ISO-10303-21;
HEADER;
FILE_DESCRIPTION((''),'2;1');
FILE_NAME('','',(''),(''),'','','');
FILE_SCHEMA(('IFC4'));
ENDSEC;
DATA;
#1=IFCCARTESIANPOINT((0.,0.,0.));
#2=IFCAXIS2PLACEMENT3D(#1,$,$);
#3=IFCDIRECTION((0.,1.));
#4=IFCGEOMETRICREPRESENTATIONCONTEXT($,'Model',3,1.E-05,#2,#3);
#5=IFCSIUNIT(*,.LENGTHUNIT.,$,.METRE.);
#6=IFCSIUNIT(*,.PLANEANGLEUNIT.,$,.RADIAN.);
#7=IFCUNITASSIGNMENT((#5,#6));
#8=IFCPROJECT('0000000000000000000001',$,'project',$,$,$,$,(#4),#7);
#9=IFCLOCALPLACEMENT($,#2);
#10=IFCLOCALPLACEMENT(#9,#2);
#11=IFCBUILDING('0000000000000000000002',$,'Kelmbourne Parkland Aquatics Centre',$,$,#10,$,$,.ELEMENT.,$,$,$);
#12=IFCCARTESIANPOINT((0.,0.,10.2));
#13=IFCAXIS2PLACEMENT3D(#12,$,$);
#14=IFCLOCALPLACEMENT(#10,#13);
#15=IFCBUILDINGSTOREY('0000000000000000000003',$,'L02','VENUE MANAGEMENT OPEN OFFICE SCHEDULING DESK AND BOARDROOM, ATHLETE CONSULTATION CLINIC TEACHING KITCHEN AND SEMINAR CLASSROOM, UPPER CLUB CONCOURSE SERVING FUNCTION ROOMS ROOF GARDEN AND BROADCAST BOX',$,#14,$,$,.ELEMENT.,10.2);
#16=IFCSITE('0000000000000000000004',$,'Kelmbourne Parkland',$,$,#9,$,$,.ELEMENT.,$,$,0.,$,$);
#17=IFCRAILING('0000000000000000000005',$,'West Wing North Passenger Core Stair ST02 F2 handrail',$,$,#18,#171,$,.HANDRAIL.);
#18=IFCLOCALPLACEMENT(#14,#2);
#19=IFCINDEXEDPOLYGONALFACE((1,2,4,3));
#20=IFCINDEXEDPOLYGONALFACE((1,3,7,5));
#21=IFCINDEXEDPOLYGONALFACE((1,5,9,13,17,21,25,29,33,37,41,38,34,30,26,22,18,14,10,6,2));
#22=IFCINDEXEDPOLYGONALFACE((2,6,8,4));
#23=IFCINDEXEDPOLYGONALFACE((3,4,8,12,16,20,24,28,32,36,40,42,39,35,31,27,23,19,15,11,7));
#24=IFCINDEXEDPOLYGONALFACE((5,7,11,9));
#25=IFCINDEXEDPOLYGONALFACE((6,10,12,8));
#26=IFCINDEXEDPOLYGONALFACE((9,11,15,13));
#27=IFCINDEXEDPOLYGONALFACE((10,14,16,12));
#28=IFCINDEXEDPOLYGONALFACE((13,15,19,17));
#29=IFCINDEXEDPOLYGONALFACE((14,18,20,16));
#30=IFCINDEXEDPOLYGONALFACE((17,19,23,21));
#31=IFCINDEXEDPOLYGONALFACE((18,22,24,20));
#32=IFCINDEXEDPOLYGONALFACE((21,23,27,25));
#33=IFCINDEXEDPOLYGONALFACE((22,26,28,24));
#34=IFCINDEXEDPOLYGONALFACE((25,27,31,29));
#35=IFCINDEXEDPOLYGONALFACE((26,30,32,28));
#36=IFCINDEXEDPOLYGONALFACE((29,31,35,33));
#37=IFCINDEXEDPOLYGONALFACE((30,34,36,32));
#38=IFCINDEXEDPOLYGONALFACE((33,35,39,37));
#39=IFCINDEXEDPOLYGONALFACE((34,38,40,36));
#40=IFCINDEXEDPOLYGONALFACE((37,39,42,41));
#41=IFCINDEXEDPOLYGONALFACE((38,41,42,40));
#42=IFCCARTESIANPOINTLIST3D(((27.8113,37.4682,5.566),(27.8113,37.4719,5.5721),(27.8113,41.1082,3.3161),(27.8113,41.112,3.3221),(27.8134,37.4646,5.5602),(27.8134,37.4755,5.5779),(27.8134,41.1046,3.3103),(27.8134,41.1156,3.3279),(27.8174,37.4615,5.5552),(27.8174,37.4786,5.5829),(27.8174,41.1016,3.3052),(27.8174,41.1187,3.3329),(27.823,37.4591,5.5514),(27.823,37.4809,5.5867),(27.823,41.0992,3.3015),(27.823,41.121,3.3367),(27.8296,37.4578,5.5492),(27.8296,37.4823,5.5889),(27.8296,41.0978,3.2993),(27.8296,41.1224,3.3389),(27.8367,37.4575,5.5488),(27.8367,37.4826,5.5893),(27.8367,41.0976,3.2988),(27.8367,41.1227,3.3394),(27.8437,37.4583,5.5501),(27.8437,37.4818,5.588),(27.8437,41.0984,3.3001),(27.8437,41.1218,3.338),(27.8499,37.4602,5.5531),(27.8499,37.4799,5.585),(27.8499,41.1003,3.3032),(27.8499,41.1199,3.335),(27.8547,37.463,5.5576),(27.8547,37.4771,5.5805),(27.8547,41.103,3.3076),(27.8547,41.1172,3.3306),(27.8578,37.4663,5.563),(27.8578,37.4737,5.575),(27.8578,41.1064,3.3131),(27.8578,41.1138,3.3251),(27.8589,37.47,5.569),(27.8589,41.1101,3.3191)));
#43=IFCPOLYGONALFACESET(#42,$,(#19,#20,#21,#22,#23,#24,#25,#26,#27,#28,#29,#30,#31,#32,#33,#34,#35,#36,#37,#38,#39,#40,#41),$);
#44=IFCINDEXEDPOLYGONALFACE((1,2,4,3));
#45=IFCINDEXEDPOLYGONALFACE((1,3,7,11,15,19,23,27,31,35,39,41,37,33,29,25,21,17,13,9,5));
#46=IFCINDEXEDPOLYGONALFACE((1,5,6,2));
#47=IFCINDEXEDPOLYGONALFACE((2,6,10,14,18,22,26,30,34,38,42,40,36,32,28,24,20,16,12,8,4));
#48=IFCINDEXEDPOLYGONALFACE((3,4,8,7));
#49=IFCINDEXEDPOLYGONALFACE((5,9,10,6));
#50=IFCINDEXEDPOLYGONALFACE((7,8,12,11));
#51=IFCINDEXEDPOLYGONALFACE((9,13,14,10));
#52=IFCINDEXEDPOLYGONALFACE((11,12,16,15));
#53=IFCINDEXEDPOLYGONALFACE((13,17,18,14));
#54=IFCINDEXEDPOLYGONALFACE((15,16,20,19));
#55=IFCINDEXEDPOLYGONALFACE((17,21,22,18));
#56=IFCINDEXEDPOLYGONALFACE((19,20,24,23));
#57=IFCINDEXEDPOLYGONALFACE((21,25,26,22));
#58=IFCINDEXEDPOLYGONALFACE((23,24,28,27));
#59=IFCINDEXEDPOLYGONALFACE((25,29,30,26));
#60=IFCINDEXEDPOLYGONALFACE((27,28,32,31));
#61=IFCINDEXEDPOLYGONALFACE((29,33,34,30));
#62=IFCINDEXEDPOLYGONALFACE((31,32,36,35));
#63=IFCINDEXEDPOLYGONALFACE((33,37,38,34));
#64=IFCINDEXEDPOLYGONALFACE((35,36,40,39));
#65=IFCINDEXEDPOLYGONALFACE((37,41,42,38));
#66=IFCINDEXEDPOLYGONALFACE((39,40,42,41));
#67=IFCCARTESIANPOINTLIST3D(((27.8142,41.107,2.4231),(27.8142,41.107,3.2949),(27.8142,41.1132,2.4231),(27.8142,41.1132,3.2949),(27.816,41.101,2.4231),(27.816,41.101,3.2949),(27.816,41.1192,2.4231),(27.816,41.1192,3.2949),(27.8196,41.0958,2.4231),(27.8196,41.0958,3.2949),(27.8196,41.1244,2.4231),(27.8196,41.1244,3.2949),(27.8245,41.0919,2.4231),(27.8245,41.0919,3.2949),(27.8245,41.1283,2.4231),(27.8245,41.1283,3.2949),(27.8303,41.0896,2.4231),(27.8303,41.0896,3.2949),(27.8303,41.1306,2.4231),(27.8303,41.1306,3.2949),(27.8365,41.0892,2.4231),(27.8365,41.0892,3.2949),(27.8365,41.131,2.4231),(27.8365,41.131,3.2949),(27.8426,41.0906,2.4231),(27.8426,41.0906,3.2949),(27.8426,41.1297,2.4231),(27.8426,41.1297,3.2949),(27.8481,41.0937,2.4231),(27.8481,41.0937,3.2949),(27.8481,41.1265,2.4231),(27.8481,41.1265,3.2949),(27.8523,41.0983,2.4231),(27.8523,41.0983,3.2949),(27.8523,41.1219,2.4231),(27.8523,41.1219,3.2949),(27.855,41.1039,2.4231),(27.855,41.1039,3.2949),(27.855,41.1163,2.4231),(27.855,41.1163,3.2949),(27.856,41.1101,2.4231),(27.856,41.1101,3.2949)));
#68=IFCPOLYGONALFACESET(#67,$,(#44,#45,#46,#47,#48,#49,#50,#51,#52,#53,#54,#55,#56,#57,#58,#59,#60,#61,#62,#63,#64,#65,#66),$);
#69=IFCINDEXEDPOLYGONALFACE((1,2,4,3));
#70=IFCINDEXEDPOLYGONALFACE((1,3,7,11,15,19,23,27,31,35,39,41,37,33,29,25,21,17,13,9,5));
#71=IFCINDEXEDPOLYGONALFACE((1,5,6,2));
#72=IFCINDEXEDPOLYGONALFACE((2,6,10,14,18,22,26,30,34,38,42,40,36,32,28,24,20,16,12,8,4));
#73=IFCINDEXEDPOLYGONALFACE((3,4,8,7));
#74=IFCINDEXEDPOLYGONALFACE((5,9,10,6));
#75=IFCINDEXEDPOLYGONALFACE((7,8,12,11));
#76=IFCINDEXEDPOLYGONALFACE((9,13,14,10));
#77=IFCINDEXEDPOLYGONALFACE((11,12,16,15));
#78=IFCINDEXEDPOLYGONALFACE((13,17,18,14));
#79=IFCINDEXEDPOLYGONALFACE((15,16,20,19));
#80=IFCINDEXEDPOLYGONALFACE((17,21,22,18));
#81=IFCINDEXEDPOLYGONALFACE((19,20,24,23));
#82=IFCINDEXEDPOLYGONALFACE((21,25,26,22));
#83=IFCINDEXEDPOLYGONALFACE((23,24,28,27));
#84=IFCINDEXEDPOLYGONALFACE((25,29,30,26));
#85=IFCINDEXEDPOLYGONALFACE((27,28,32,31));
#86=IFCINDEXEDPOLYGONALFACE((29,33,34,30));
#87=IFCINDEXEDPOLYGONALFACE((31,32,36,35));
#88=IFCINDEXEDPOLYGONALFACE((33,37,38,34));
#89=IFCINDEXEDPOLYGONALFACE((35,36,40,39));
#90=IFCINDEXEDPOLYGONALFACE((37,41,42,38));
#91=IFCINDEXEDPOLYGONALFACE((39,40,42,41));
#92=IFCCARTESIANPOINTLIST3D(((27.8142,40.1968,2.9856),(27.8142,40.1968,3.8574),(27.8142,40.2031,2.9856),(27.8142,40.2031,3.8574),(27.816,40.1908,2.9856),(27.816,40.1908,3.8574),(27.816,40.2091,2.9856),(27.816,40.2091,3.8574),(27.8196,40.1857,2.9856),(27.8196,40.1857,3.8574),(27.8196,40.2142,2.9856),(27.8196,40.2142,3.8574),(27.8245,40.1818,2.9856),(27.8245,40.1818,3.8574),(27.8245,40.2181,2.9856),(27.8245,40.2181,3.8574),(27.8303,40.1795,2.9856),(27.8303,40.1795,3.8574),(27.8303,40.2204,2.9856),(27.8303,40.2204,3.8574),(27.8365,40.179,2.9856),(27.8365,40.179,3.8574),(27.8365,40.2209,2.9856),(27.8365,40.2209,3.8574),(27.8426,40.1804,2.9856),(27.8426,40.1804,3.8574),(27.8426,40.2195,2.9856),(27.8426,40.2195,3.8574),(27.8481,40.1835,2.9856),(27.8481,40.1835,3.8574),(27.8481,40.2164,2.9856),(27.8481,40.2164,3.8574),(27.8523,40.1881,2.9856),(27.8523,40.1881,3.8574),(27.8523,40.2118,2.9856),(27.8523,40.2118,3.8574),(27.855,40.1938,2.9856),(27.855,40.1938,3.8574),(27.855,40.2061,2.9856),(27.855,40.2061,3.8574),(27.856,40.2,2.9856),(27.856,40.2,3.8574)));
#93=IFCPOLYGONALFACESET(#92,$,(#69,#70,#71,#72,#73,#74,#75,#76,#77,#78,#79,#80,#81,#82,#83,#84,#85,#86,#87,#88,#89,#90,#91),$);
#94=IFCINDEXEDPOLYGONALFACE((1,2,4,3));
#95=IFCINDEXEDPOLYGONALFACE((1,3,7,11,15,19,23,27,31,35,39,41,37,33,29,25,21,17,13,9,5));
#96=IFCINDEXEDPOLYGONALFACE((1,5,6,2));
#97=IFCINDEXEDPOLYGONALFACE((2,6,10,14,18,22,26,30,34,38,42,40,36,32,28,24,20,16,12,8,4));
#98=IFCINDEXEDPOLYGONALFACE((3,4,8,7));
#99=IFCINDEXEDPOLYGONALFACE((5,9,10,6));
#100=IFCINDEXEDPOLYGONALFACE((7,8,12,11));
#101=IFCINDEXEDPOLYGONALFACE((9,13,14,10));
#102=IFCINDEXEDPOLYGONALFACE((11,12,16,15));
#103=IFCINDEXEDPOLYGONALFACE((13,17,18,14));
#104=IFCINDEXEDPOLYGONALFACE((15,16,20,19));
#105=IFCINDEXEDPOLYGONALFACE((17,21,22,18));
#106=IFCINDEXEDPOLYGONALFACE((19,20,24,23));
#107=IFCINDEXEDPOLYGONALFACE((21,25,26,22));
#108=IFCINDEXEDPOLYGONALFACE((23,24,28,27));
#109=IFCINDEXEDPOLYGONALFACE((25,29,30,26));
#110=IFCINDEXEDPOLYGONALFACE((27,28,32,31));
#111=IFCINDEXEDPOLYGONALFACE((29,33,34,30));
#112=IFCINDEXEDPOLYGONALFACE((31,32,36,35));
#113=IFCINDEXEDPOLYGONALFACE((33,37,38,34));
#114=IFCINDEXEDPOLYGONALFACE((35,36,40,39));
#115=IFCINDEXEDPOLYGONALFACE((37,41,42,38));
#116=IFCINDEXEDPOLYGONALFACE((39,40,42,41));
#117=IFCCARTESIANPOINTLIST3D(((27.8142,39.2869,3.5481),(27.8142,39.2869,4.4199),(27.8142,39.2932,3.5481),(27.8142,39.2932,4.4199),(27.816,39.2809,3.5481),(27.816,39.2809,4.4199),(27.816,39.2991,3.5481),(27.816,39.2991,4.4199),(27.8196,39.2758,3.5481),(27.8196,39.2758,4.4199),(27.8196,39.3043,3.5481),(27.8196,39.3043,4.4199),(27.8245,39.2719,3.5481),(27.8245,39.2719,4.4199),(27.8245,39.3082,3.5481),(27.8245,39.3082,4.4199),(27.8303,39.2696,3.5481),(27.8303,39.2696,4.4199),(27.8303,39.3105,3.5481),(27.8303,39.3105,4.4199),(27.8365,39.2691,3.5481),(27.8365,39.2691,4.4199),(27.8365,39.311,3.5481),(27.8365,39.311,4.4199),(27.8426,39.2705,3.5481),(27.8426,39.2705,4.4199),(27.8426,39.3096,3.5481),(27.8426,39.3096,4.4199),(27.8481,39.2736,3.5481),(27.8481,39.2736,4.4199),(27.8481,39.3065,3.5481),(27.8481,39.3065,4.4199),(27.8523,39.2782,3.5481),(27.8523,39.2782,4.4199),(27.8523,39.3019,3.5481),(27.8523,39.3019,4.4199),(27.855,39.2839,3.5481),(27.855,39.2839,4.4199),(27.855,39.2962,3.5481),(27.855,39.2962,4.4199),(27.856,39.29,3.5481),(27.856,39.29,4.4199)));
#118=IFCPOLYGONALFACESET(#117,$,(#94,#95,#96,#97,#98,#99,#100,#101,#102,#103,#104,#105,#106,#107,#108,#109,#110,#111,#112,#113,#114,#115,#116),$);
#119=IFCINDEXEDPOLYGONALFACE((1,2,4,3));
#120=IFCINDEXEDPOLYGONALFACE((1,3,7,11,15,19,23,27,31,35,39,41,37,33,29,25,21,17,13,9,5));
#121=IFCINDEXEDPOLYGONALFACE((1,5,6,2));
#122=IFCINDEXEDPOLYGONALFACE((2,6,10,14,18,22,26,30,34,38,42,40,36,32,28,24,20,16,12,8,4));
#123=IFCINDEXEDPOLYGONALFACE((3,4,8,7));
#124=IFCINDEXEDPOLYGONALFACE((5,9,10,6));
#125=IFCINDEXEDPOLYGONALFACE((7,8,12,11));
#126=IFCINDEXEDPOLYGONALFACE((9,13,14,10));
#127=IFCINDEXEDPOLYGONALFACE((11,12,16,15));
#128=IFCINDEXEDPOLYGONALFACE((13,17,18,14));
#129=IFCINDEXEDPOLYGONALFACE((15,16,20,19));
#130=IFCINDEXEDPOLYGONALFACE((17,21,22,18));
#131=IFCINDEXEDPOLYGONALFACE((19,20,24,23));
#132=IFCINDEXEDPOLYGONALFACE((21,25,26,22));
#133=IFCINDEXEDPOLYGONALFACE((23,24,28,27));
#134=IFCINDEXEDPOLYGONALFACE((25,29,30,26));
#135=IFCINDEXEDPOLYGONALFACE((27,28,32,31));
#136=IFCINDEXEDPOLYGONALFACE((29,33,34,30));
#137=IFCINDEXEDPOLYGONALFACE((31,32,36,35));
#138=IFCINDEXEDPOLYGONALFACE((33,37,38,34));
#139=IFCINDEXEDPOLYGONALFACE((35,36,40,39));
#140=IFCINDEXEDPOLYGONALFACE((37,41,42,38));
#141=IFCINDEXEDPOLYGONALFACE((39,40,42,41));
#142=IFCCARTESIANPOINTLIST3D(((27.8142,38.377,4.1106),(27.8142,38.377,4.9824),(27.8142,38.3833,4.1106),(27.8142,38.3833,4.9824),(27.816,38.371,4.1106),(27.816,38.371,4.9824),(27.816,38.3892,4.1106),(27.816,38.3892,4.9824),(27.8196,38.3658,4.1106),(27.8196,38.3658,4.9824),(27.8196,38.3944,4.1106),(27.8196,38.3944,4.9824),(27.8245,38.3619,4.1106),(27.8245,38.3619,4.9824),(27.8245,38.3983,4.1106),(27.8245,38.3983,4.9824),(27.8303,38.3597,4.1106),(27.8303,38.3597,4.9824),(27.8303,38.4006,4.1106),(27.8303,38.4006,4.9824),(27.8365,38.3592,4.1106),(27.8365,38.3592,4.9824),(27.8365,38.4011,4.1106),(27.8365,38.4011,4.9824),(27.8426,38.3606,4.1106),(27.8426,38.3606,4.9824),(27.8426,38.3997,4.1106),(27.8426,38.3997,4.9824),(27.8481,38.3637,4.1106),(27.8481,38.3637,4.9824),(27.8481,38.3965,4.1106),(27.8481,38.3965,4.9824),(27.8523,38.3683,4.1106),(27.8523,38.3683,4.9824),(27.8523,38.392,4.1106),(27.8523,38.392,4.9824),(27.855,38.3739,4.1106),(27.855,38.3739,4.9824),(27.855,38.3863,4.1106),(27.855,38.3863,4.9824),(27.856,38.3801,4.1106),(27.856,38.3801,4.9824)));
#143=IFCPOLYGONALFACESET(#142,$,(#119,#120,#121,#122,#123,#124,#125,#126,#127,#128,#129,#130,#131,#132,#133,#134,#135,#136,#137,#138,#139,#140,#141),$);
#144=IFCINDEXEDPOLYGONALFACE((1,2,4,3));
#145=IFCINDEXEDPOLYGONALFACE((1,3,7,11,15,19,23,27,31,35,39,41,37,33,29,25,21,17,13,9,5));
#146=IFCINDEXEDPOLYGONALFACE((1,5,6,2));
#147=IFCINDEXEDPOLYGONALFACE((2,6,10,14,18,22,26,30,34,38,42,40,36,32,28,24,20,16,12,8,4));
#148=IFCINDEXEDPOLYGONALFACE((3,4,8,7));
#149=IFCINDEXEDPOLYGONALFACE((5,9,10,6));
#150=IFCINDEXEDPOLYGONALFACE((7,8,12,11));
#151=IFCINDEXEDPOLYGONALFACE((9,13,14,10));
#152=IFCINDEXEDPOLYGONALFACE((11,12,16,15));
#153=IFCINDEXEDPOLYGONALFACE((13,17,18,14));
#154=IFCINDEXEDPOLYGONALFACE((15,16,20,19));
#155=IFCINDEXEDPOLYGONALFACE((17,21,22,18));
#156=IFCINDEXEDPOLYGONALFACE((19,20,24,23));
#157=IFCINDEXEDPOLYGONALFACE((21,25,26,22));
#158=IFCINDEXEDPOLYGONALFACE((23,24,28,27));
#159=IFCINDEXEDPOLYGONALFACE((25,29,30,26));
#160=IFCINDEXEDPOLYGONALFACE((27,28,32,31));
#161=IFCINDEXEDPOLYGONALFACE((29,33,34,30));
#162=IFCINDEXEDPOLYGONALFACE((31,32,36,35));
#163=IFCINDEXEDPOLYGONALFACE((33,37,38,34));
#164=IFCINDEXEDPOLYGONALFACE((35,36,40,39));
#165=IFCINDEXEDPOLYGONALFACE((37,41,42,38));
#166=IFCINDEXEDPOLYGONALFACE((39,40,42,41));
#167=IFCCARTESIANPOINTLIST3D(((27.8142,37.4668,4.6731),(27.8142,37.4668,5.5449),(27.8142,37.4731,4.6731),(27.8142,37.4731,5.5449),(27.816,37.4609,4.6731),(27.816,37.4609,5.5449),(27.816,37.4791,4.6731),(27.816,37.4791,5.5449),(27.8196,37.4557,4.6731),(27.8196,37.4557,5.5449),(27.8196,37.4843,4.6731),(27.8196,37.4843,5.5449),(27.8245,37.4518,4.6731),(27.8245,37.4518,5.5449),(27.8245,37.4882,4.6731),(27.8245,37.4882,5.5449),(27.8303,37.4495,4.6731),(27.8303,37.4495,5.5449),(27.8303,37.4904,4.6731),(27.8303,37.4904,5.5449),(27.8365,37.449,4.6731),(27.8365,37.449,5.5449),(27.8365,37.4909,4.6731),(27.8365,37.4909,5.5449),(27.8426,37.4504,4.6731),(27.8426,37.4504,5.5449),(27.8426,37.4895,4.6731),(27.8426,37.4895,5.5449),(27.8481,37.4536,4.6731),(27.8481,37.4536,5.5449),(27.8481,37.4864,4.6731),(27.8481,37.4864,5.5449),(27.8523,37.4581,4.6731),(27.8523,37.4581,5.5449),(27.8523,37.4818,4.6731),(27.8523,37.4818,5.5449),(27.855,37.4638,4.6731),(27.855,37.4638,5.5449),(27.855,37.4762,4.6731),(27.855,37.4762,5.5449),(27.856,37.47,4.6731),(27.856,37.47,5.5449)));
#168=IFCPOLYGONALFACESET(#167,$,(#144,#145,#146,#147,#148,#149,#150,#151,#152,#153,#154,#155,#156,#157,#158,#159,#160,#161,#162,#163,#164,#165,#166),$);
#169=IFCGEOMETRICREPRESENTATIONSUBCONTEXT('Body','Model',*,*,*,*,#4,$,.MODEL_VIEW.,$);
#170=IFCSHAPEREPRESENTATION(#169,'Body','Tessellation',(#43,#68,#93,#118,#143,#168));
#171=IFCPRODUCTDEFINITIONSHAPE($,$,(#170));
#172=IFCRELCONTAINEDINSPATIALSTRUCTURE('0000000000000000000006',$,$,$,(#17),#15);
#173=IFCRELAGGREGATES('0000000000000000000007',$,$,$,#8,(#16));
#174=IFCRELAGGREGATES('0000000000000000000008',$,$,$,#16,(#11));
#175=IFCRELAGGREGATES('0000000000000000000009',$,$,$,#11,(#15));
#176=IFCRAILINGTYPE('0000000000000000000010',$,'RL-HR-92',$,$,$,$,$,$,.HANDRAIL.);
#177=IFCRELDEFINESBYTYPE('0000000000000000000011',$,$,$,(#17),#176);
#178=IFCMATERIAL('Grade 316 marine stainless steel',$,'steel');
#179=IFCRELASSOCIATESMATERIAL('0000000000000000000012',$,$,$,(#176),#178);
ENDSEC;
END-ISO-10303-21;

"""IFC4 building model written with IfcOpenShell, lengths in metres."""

from ifc_helpers import new_model, si_unit, direction, frame, origin, origin_2d, place, context, subcontext, project, spatial, circle, extrude, material, type_object, element, save


model = new_model("IFC4")

# Units and contexts
model_context = context("Model", 3, precision=1e-05, world=origin(), true_north=direction((0.0, 1.0)))
body_context = subcontext(model_context, "Body", "Model", "MODEL_VIEW")
ifc_project = project(units=[si_unit("LENGTHUNIT", "METRE"), si_unit("PLANEANGLEUNIT", "RADIAN")], contexts=[model_context])

# Site, building, storey
site_placement = place(None, origin())
site = spatial("IfcSite", under=ifc_project, at=site_placement, Name="Kelmbourne Parkland", CompositionType="ELEMENT", RefElevation=0.0)
building_placement = place(site_placement, origin())
building = spatial("IfcBuilding", under=site, at=building_placement, Name="Kelmbourne Parkland Aquatics Centre", CompositionType="ELEMENT")
storey_placement = place(building_placement, frame((0.0, 0.0, 10.2)))
storey = spatial("IfcBuildingStorey", under=building, at=storey_placement, Name="L02", Description="VENUE MANAGEMENT OPEN OFFICE SCHEDULING DESK AND BOARDROOM, ATHLETE CONSULTATION CLINIC TEACHING KITCHEN AND SEMINAR CLASSROOM, UPPER CLUB CONCOURSE SERVING FUNCTION ROOMS ROOF GARDEN AND BROADCAST BOX", CompositionType="ELEMENT", Elevation=10.2)

# Railing
ifc_material_1 = material(Name="Grade 316 marine stainless steel", Category="steel")
railing_type = type_object("IfcRailingType", Name="RL-HR-92", PredefinedType="HANDRAIL", material=ifc_material_1)
railing_placement = place(storey_placement, frame((27.835, 41.1101, 2.4231)))
element("IfcRailing", 1, at=railing_placement, inside=storey, type_object=railing_type, Name="West Wing North Passenger Core Stair ST02 F2 handrail", PredefinedType="HANDRAIL", context=body_context, shape_type="SweptSolid", body=[
    extrude(circle(Radius=0.0239, at=origin_2d()), frame((0.0, 0.0, 0.896), z_axis=(0.0, -0.850622, 0.525777), x_axis=(1.0, 0.0, 0.0)), (0.0, 0.0, 1.0), 4.2793),
    extrude(circle(Radius=0.021, at=origin_2d()), origin(), (0.0, 0.0, 1.0), 0.8718),
    extrude(circle(Radius=0.021, at=origin_2d()), frame((0.0, -0.9102, 0.5625)), (0.0, 0.0, 1.0), 0.8718),
    extrude(circle(Radius=0.021, at=origin_2d()), frame((0.0, -1.8201, 1.125)), (0.0, 0.0, 1.0), 0.8718),
    extrude(circle(Radius=0.021, at=origin_2d()), frame((0.0, -2.73, 1.6875)), (0.0, 0.0, 1.0), 0.8718),
    extrude(circle(Radius=0.021, at=origin_2d()), frame((0.0, -3.6401, 2.25)), (0.0, 0.0, 1.0), 0.8718),
])

save(model, "model.ifc")
